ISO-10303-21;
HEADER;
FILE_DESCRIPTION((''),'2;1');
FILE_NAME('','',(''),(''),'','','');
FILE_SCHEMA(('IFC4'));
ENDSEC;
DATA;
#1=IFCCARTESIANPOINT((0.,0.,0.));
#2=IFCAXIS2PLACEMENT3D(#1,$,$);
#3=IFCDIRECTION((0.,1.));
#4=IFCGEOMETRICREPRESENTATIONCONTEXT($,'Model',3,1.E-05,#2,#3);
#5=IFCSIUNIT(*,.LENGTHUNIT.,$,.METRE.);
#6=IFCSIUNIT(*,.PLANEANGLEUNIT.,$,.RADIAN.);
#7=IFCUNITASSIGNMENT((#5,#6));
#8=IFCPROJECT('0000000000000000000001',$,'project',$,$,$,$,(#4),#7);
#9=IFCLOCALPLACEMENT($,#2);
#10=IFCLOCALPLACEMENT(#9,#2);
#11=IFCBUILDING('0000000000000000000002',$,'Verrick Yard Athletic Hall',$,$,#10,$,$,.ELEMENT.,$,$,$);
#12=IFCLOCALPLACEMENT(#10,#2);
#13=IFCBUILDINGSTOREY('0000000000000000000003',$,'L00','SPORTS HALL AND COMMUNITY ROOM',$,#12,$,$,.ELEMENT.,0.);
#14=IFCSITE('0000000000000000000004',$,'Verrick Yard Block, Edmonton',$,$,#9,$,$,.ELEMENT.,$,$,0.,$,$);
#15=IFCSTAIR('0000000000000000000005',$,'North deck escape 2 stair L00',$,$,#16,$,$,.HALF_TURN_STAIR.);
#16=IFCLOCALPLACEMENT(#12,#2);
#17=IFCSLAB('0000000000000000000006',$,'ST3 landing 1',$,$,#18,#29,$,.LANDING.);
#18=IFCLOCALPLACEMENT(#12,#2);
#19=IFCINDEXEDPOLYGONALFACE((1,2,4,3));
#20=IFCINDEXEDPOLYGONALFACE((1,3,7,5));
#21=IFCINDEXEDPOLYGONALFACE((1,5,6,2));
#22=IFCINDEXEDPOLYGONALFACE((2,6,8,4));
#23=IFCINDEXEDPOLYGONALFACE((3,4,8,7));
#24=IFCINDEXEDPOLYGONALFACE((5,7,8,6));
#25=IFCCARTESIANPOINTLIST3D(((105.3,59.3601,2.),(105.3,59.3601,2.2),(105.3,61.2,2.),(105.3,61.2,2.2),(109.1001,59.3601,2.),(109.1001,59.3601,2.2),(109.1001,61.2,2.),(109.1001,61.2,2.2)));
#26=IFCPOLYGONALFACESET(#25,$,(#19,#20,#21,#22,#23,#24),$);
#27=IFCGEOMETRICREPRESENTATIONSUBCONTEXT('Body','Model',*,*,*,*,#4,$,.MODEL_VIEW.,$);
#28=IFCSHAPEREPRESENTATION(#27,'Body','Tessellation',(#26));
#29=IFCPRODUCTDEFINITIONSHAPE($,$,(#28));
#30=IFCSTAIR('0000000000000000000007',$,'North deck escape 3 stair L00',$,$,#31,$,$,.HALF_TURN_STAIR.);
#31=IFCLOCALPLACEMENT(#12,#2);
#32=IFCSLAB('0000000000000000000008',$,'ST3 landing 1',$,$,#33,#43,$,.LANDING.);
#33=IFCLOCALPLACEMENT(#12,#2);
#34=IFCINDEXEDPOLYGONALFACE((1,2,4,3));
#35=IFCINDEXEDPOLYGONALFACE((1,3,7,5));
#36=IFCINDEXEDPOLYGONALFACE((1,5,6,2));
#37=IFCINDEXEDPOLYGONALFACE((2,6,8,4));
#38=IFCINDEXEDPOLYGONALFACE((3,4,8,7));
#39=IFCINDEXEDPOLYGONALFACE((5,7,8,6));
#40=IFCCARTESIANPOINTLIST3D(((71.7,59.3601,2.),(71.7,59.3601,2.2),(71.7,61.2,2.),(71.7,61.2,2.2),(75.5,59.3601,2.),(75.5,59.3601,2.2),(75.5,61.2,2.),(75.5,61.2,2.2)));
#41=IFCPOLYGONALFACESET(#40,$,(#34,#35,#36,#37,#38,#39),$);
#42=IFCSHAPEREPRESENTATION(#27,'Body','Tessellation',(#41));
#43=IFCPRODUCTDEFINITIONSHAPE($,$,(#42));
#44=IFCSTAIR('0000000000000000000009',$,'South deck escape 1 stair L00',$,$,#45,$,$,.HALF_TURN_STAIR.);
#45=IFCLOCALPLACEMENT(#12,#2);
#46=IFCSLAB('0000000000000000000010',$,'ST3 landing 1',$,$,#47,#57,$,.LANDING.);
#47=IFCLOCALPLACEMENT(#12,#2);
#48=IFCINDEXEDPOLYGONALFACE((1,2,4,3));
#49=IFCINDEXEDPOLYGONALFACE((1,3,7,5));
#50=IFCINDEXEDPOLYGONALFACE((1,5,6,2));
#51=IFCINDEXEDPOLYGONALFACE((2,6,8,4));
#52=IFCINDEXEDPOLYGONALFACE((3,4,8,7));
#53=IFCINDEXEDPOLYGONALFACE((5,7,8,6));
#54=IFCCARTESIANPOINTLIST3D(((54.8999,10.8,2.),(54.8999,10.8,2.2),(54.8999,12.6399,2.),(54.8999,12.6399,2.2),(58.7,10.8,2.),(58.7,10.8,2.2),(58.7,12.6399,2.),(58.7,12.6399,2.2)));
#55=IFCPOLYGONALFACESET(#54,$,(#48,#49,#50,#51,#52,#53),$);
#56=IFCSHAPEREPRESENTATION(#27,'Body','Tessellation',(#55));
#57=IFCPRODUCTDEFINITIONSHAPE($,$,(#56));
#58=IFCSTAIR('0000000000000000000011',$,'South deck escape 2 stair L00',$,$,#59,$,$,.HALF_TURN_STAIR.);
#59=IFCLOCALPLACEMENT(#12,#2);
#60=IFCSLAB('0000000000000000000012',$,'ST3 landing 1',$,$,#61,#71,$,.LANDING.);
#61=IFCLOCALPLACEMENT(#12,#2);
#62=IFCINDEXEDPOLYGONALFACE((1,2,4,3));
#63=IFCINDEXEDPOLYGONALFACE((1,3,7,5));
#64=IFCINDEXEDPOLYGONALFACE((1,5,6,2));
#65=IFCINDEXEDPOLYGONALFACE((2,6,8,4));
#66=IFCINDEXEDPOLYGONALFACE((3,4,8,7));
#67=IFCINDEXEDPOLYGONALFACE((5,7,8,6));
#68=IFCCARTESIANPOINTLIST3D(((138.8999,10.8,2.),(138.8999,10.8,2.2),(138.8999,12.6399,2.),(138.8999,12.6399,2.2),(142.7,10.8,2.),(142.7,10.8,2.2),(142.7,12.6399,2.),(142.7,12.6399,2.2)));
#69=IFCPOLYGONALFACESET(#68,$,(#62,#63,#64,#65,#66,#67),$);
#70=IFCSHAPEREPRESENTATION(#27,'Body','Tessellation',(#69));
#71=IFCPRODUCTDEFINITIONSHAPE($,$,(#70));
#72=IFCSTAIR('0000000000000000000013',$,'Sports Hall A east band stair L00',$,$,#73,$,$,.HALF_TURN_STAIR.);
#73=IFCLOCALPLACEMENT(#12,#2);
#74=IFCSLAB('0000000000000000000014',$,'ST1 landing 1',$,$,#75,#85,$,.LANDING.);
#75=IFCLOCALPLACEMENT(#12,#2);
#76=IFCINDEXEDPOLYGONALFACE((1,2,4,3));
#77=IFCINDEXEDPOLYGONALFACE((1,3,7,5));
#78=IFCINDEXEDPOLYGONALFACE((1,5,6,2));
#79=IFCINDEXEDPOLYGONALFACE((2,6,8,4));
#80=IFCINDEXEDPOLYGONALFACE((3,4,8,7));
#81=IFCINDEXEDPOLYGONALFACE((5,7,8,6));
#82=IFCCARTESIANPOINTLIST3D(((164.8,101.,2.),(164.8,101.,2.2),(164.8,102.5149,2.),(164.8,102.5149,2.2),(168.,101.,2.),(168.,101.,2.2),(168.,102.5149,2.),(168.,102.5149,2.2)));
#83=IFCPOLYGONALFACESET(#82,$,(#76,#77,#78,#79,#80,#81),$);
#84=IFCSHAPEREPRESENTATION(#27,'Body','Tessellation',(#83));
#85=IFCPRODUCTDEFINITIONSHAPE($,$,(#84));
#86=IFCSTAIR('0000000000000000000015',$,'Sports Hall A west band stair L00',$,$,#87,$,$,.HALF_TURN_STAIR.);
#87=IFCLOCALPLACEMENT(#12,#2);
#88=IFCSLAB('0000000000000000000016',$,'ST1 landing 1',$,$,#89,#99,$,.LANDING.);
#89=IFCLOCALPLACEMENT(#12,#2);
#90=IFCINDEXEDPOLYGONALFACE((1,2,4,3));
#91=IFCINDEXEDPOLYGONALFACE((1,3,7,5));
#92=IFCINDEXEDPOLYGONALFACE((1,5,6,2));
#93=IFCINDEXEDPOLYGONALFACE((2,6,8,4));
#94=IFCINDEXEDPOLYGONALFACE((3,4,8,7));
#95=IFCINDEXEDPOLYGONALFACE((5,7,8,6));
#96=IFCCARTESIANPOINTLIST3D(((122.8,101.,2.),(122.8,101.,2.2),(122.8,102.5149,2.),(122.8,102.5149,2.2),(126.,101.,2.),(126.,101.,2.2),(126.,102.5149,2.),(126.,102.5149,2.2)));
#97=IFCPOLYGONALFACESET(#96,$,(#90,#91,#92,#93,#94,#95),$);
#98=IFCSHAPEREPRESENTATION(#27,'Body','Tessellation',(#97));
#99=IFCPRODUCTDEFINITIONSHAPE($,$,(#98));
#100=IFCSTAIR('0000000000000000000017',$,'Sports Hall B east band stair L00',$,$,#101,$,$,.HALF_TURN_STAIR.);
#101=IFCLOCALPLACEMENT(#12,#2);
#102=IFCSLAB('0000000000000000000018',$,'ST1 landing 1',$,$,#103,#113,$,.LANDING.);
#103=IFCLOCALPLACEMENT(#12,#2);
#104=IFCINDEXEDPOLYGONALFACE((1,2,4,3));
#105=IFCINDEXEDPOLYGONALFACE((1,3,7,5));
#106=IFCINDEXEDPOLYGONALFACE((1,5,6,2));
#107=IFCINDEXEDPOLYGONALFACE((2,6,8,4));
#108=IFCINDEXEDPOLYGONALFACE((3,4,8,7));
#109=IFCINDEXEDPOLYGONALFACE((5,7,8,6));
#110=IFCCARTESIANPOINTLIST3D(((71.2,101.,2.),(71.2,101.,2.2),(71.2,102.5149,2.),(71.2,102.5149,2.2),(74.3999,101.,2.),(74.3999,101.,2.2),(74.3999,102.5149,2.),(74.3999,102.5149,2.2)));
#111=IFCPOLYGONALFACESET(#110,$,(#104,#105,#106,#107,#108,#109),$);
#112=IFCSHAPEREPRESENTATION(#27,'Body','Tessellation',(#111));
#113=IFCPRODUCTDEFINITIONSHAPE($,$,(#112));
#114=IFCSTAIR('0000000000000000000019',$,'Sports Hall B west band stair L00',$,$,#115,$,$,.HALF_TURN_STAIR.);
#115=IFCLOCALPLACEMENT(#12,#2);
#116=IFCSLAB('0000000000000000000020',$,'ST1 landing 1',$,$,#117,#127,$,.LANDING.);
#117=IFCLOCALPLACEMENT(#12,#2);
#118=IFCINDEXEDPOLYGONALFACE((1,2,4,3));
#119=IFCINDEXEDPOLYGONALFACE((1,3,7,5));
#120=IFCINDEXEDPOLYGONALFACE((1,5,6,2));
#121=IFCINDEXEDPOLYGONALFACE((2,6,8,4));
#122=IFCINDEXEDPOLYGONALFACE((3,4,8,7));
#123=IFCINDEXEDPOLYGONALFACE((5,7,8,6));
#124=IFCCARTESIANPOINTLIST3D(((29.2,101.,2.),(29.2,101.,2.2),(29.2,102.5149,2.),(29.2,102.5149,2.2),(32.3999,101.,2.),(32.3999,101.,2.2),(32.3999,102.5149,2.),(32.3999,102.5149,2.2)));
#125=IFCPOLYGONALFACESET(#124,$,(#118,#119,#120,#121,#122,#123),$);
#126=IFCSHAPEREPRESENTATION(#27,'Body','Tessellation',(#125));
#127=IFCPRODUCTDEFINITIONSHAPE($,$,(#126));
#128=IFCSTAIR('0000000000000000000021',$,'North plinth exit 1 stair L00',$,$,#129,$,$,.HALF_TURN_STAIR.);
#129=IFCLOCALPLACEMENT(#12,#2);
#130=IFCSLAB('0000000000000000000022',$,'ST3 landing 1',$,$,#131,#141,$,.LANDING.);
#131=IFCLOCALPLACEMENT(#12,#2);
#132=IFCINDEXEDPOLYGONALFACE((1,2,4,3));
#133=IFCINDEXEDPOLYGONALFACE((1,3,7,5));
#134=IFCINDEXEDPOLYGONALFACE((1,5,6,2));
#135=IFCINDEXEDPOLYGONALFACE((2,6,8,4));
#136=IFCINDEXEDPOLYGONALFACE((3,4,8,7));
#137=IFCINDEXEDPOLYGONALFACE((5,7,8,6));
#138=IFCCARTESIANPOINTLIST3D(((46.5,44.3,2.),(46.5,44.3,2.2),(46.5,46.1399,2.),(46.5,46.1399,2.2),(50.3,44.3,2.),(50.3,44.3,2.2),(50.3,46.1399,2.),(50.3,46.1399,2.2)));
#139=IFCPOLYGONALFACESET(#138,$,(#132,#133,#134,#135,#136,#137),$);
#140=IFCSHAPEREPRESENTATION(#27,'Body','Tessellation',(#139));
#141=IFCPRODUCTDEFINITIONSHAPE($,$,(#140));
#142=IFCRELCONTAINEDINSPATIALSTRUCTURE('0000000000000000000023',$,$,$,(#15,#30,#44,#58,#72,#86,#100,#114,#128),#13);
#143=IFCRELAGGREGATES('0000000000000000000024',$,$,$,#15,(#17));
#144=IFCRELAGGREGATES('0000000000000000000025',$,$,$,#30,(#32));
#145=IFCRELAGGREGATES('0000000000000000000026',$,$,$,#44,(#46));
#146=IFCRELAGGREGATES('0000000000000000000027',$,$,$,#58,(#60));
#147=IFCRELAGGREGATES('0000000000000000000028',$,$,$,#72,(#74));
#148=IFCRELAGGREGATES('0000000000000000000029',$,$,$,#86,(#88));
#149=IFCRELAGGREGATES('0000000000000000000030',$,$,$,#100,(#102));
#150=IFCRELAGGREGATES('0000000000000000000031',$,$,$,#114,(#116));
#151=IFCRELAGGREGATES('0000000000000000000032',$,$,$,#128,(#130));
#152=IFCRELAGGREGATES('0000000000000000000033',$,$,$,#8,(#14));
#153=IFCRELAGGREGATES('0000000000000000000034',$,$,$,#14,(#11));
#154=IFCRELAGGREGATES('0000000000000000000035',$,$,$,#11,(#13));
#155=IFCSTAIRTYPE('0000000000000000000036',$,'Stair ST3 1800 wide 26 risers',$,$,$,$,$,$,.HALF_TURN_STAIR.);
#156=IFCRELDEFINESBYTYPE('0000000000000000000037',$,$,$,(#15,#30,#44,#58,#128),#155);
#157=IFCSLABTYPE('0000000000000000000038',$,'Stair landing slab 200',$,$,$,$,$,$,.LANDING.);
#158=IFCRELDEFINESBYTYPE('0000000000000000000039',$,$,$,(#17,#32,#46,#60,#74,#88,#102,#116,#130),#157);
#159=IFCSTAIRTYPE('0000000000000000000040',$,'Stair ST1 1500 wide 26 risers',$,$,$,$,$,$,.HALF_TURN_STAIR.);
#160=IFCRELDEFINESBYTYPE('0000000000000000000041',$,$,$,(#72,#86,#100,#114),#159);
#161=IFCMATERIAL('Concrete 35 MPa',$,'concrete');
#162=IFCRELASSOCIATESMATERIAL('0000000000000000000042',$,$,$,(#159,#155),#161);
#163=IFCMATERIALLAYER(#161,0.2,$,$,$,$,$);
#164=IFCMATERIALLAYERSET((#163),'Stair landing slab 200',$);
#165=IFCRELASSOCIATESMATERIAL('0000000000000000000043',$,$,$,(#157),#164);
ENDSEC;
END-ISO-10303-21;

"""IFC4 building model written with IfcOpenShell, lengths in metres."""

from ifc_helpers import new_model, si_unit, direction, frame, origin, place, context, subcontext, project, spatial, polyline, outline, extrude, material, layer, layer_set, type_object, element, aggregate, save


model = new_model("IFC4")

# Units and contexts
model_context = context("Model", 3, precision=1e-05, world=origin(), true_north=direction((0.0, 1.0)))
body_context = subcontext(model_context, "Body", "Model", "MODEL_VIEW")
ifc_project = project(units=[si_unit("LENGTHUNIT", "METRE"), si_unit("PLANEANGLEUNIT", "RADIAN")], contexts=[model_context])

# Site, building, storey
site_placement = place(None, origin())
site = spatial("IfcSite", under=ifc_project, at=site_placement, Name="Verrick Yard Block, Edmonton", CompositionType="ELEMENT", RefElevation=0.0)
building_placement = place(site_placement, origin())
building = spatial("IfcBuilding", under=site, at=building_placement, Name="Verrick Yard Athletic Hall", CompositionType="ELEMENT")
storey_placement = place(building_placement, origin())
storey = spatial("IfcBuildingStorey", under=building, at=storey_placement, Name="L00", Description="SPORTS HALL AND COMMUNITY ROOM", CompositionType="ELEMENT", Elevation=0.0)

# Shared definitions
ifc_material = material(Name="Concrete 35 MPa", Category="concrete")

# Stairs, slabs
stair_type_1 = type_object("IfcStairType", Name="Stair ST1 1500 wide 26 risers", PredefinedType="HALF_TURN_STAIR", material=ifc_material)
ifc_layer_1 = layer(ifc_material, 0.2)
ifc_layer_set_1 = layer_set([ifc_layer_1], Name="Stair landing slab 200")
slab_type_1 = type_object("IfcSlabType", Name="Stair landing slab 200", PredefinedType="LANDING", material=ifc_layer_set_1)
stair_type_2 = type_object("IfcStairType", Name="Stair ST3 1800 wide 26 risers", PredefinedType="HALF_TURN_STAIR", material=ifc_material)
stair_1_placement = place(storey_placement, origin())
stair_1 = element("IfcStair", 1, at=stair_1_placement, inside=storey, type_object=stair_type_2, Name="North deck escape 2 stair L00", PredefinedType="HALF_TURN_STAIR")
slab_1_placement = place(storey_placement, frame((0.0, 0.0, 2.0)))
slab_1 = element("IfcSlab", 2, at=slab_1_placement, type_object=slab_type_1, Name="ST3 landing 1", PredefinedType="LANDING", context=body_context, shape_type="SweptSolid", body=[
    extrude(outline(polyline([(109.1001, 59.3601), (109.1001, 61.2), (105.3, 61.2), (105.3, 59.3601), (109.1001, 59.3601)])), origin(), (0.0, 0.0, 1.0), 0.2),
])
aggregate(stair_1, [slab_1])
stair_2_placement = place(storey_placement, origin())
stair_2 = element("IfcStair", 3, at=stair_2_placement, inside=storey, type_object=stair_type_2, Name="North deck escape 3 stair L00", PredefinedType="HALF_TURN_STAIR")
slab_2_placement = place(storey_placement, frame((0.0, 0.0, 2.0)))
slab_2 = element("IfcSlab", 4, at=slab_2_placement, type_object=slab_type_1, Name="ST3 landing 1", PredefinedType="LANDING", context=body_context, shape_type="SweptSolid", body=[
    extrude(outline(polyline([(75.5, 59.3601), (75.5, 61.2), (71.7, 61.2), (71.7, 59.3601), (75.5, 59.3601)])), origin(), (0.0, 0.0, 1.0), 0.2),
])
aggregate(stair_2, [slab_2])
stair_3_placement = place(storey_placement, origin())
stair_3 = element("IfcStair", 5, at=stair_3_placement, inside=storey, type_object=stair_type_2, Name="South deck escape 1 stair L00", PredefinedType="HALF_TURN_STAIR")
slab_3_placement = place(storey_placement, frame((0.0, 0.0, 2.0)))
slab_3 = element("IfcSlab", 6, at=slab_3_placement, type_object=slab_type_1, Name="ST3 landing 1", PredefinedType="LANDING", context=body_context, shape_type="SweptSolid", body=[
    extrude(outline(polyline([(54.8999, 12.6399), (54.8999, 10.8), (58.7, 10.8), (58.7, 12.6399), (54.8999, 12.6399)])), origin(), (0.0, 0.0, 1.0), 0.2),
])
aggregate(stair_3, [slab_3])
stair_4_placement = place(storey_placement, origin())
stair_4 = element("IfcStair", 7, at=stair_4_placement, inside=storey, type_object=stair_type_2, Name="South deck escape 2 stair L00", PredefinedType="HALF_TURN_STAIR")
slab_4_placement = place(storey_placement, frame((0.0, 0.0, 2.0)))
slab_4 = element("IfcSlab", 8, at=slab_4_placement, type_object=slab_type_1, Name="ST3 landing 1", PredefinedType="LANDING", context=body_context, shape_type="SweptSolid", body=[
    extrude(outline(polyline([(138.8999, 12.6399), (138.8999, 10.8), (142.7, 10.8), (142.7, 12.6399), (138.8999, 12.6399)])), origin(), (0.0, 0.0, 1.0), 0.2),
])
aggregate(stair_4, [slab_4])
stair_5_placement = place(storey_placement, origin())
stair_5 = element("IfcStair", 9, at=stair_5_placement, inside=storey, type_object=stair_type_1, Name="Sports Hall A east band stair L00", PredefinedType="HALF_TURN_STAIR")
slab_5_placement = place(storey_placement, frame((0.0, 0.0, 2.0)))
slab_5 = element("IfcSlab", 10, at=slab_5_placement, type_object=slab_type_1, Name="ST1 landing 1", PredefinedType="LANDING", context=body_context, shape_type="SweptSolid", body=[
    extrude(outline(polyline([(164.8, 102.5149), (164.8, 101.0), (168.0, 101.0), (168.0, 102.5149), (164.8, 102.5149)])), origin(), (0.0, 0.0, 1.0), 0.2),
])
aggregate(stair_5, [slab_5])
stair_6_placement = place(storey_placement, origin())
stair_6 = element("IfcStair", 11, at=stair_6_placement, inside=storey, type_object=stair_type_1, Name="Sports Hall A west band stair L00", PredefinedType="HALF_TURN_STAIR")
slab_6_placement = place(storey_placement, frame((0.0, 0.0, 2.0)))
slab_6 = element("IfcSlab", 12, at=slab_6_placement, type_object=slab_type_1, Name="ST1 landing 1", PredefinedType="LANDING", context=body_context, shape_type="SweptSolid", body=[
    extrude(outline(polyline([(122.8, 102.5149), (122.8, 101.0), (126.0, 101.0), (126.0, 102.5149), (122.8, 102.5149)])), origin(), (0.0, 0.0, 1.0), 0.2),
])
aggregate(stair_6, [slab_6])
stair_7_placement = place(storey_placement, origin())
stair_7 = element("IfcStair", 13, at=stair_7_placement, inside=storey, type_object=stair_type_1, Name="Sports Hall B east band stair L00", PredefinedType="HALF_TURN_STAIR")
slab_7_placement = place(storey_placement, frame((0.0, 0.0, 2.0)))
slab_7 = element("IfcSlab", 14, at=slab_7_placement, type_object=slab_type_1, Name="ST1 landing 1", PredefinedType="LANDING", context=body_context, shape_type="SweptSolid", body=[
    extrude(outline(polyline([(71.2, 102.5149), (71.2, 101.0), (74.3999, 101.0), (74.3999, 102.5149), (71.2, 102.5149)])), origin(), (0.0, 0.0, 1.0), 0.2),
])
aggregate(stair_7, [slab_7])
stair_8_placement = place(storey_placement, origin())
stair_8 = element("IfcStair", 15, at=stair_8_placement, inside=storey, type_object=stair_type_1, Name="Sports Hall B west band stair L00", PredefinedType="HALF_TURN_STAIR")
slab_8_placement = place(storey_placement, frame((0.0, 0.0, 2.0)))
slab_8 = element("IfcSlab", 16, at=slab_8_placement, type_object=slab_type_1, Name="ST1 landing 1", PredefinedType="LANDING", context=body_context, shape_type="SweptSolid", body=[
    extrude(outline(polyline([(29.2, 102.5149), (29.2, 101.0), (32.3999, 101.0), (32.3999, 102.5149), (29.2, 102.5149)])), origin(), (0.0, 0.0, 1.0), 0.2),
])
aggregate(stair_8, [slab_8])
stair_9_placement = place(storey_placement, origin())
stair_9 = element("IfcStair", 17, at=stair_9_placement, inside=storey, type_object=stair_type_2, Name="North plinth exit 1 stair L00", PredefinedType="HALF_TURN_STAIR")
slab_9_placement = place(storey_placement, frame((0.0, 0.0, 2.0)))
slab_9 = element("IfcSlab", 18, at=slab_9_placement, type_object=slab_type_1, Name="ST3 landing 1", PredefinedType="LANDING", context=body_context, shape_type="SweptSolid", body=[
    extrude(outline(polyline([(46.5, 46.1399), (46.5, 44.3), (50.3, 44.3), (50.3, 46.1399), (46.5, 46.1399)])), origin(), (0.0, 0.0, 1.0), 0.2),
])
aggregate(stair_9, [slab_9])

save(model, "model.ifc")
